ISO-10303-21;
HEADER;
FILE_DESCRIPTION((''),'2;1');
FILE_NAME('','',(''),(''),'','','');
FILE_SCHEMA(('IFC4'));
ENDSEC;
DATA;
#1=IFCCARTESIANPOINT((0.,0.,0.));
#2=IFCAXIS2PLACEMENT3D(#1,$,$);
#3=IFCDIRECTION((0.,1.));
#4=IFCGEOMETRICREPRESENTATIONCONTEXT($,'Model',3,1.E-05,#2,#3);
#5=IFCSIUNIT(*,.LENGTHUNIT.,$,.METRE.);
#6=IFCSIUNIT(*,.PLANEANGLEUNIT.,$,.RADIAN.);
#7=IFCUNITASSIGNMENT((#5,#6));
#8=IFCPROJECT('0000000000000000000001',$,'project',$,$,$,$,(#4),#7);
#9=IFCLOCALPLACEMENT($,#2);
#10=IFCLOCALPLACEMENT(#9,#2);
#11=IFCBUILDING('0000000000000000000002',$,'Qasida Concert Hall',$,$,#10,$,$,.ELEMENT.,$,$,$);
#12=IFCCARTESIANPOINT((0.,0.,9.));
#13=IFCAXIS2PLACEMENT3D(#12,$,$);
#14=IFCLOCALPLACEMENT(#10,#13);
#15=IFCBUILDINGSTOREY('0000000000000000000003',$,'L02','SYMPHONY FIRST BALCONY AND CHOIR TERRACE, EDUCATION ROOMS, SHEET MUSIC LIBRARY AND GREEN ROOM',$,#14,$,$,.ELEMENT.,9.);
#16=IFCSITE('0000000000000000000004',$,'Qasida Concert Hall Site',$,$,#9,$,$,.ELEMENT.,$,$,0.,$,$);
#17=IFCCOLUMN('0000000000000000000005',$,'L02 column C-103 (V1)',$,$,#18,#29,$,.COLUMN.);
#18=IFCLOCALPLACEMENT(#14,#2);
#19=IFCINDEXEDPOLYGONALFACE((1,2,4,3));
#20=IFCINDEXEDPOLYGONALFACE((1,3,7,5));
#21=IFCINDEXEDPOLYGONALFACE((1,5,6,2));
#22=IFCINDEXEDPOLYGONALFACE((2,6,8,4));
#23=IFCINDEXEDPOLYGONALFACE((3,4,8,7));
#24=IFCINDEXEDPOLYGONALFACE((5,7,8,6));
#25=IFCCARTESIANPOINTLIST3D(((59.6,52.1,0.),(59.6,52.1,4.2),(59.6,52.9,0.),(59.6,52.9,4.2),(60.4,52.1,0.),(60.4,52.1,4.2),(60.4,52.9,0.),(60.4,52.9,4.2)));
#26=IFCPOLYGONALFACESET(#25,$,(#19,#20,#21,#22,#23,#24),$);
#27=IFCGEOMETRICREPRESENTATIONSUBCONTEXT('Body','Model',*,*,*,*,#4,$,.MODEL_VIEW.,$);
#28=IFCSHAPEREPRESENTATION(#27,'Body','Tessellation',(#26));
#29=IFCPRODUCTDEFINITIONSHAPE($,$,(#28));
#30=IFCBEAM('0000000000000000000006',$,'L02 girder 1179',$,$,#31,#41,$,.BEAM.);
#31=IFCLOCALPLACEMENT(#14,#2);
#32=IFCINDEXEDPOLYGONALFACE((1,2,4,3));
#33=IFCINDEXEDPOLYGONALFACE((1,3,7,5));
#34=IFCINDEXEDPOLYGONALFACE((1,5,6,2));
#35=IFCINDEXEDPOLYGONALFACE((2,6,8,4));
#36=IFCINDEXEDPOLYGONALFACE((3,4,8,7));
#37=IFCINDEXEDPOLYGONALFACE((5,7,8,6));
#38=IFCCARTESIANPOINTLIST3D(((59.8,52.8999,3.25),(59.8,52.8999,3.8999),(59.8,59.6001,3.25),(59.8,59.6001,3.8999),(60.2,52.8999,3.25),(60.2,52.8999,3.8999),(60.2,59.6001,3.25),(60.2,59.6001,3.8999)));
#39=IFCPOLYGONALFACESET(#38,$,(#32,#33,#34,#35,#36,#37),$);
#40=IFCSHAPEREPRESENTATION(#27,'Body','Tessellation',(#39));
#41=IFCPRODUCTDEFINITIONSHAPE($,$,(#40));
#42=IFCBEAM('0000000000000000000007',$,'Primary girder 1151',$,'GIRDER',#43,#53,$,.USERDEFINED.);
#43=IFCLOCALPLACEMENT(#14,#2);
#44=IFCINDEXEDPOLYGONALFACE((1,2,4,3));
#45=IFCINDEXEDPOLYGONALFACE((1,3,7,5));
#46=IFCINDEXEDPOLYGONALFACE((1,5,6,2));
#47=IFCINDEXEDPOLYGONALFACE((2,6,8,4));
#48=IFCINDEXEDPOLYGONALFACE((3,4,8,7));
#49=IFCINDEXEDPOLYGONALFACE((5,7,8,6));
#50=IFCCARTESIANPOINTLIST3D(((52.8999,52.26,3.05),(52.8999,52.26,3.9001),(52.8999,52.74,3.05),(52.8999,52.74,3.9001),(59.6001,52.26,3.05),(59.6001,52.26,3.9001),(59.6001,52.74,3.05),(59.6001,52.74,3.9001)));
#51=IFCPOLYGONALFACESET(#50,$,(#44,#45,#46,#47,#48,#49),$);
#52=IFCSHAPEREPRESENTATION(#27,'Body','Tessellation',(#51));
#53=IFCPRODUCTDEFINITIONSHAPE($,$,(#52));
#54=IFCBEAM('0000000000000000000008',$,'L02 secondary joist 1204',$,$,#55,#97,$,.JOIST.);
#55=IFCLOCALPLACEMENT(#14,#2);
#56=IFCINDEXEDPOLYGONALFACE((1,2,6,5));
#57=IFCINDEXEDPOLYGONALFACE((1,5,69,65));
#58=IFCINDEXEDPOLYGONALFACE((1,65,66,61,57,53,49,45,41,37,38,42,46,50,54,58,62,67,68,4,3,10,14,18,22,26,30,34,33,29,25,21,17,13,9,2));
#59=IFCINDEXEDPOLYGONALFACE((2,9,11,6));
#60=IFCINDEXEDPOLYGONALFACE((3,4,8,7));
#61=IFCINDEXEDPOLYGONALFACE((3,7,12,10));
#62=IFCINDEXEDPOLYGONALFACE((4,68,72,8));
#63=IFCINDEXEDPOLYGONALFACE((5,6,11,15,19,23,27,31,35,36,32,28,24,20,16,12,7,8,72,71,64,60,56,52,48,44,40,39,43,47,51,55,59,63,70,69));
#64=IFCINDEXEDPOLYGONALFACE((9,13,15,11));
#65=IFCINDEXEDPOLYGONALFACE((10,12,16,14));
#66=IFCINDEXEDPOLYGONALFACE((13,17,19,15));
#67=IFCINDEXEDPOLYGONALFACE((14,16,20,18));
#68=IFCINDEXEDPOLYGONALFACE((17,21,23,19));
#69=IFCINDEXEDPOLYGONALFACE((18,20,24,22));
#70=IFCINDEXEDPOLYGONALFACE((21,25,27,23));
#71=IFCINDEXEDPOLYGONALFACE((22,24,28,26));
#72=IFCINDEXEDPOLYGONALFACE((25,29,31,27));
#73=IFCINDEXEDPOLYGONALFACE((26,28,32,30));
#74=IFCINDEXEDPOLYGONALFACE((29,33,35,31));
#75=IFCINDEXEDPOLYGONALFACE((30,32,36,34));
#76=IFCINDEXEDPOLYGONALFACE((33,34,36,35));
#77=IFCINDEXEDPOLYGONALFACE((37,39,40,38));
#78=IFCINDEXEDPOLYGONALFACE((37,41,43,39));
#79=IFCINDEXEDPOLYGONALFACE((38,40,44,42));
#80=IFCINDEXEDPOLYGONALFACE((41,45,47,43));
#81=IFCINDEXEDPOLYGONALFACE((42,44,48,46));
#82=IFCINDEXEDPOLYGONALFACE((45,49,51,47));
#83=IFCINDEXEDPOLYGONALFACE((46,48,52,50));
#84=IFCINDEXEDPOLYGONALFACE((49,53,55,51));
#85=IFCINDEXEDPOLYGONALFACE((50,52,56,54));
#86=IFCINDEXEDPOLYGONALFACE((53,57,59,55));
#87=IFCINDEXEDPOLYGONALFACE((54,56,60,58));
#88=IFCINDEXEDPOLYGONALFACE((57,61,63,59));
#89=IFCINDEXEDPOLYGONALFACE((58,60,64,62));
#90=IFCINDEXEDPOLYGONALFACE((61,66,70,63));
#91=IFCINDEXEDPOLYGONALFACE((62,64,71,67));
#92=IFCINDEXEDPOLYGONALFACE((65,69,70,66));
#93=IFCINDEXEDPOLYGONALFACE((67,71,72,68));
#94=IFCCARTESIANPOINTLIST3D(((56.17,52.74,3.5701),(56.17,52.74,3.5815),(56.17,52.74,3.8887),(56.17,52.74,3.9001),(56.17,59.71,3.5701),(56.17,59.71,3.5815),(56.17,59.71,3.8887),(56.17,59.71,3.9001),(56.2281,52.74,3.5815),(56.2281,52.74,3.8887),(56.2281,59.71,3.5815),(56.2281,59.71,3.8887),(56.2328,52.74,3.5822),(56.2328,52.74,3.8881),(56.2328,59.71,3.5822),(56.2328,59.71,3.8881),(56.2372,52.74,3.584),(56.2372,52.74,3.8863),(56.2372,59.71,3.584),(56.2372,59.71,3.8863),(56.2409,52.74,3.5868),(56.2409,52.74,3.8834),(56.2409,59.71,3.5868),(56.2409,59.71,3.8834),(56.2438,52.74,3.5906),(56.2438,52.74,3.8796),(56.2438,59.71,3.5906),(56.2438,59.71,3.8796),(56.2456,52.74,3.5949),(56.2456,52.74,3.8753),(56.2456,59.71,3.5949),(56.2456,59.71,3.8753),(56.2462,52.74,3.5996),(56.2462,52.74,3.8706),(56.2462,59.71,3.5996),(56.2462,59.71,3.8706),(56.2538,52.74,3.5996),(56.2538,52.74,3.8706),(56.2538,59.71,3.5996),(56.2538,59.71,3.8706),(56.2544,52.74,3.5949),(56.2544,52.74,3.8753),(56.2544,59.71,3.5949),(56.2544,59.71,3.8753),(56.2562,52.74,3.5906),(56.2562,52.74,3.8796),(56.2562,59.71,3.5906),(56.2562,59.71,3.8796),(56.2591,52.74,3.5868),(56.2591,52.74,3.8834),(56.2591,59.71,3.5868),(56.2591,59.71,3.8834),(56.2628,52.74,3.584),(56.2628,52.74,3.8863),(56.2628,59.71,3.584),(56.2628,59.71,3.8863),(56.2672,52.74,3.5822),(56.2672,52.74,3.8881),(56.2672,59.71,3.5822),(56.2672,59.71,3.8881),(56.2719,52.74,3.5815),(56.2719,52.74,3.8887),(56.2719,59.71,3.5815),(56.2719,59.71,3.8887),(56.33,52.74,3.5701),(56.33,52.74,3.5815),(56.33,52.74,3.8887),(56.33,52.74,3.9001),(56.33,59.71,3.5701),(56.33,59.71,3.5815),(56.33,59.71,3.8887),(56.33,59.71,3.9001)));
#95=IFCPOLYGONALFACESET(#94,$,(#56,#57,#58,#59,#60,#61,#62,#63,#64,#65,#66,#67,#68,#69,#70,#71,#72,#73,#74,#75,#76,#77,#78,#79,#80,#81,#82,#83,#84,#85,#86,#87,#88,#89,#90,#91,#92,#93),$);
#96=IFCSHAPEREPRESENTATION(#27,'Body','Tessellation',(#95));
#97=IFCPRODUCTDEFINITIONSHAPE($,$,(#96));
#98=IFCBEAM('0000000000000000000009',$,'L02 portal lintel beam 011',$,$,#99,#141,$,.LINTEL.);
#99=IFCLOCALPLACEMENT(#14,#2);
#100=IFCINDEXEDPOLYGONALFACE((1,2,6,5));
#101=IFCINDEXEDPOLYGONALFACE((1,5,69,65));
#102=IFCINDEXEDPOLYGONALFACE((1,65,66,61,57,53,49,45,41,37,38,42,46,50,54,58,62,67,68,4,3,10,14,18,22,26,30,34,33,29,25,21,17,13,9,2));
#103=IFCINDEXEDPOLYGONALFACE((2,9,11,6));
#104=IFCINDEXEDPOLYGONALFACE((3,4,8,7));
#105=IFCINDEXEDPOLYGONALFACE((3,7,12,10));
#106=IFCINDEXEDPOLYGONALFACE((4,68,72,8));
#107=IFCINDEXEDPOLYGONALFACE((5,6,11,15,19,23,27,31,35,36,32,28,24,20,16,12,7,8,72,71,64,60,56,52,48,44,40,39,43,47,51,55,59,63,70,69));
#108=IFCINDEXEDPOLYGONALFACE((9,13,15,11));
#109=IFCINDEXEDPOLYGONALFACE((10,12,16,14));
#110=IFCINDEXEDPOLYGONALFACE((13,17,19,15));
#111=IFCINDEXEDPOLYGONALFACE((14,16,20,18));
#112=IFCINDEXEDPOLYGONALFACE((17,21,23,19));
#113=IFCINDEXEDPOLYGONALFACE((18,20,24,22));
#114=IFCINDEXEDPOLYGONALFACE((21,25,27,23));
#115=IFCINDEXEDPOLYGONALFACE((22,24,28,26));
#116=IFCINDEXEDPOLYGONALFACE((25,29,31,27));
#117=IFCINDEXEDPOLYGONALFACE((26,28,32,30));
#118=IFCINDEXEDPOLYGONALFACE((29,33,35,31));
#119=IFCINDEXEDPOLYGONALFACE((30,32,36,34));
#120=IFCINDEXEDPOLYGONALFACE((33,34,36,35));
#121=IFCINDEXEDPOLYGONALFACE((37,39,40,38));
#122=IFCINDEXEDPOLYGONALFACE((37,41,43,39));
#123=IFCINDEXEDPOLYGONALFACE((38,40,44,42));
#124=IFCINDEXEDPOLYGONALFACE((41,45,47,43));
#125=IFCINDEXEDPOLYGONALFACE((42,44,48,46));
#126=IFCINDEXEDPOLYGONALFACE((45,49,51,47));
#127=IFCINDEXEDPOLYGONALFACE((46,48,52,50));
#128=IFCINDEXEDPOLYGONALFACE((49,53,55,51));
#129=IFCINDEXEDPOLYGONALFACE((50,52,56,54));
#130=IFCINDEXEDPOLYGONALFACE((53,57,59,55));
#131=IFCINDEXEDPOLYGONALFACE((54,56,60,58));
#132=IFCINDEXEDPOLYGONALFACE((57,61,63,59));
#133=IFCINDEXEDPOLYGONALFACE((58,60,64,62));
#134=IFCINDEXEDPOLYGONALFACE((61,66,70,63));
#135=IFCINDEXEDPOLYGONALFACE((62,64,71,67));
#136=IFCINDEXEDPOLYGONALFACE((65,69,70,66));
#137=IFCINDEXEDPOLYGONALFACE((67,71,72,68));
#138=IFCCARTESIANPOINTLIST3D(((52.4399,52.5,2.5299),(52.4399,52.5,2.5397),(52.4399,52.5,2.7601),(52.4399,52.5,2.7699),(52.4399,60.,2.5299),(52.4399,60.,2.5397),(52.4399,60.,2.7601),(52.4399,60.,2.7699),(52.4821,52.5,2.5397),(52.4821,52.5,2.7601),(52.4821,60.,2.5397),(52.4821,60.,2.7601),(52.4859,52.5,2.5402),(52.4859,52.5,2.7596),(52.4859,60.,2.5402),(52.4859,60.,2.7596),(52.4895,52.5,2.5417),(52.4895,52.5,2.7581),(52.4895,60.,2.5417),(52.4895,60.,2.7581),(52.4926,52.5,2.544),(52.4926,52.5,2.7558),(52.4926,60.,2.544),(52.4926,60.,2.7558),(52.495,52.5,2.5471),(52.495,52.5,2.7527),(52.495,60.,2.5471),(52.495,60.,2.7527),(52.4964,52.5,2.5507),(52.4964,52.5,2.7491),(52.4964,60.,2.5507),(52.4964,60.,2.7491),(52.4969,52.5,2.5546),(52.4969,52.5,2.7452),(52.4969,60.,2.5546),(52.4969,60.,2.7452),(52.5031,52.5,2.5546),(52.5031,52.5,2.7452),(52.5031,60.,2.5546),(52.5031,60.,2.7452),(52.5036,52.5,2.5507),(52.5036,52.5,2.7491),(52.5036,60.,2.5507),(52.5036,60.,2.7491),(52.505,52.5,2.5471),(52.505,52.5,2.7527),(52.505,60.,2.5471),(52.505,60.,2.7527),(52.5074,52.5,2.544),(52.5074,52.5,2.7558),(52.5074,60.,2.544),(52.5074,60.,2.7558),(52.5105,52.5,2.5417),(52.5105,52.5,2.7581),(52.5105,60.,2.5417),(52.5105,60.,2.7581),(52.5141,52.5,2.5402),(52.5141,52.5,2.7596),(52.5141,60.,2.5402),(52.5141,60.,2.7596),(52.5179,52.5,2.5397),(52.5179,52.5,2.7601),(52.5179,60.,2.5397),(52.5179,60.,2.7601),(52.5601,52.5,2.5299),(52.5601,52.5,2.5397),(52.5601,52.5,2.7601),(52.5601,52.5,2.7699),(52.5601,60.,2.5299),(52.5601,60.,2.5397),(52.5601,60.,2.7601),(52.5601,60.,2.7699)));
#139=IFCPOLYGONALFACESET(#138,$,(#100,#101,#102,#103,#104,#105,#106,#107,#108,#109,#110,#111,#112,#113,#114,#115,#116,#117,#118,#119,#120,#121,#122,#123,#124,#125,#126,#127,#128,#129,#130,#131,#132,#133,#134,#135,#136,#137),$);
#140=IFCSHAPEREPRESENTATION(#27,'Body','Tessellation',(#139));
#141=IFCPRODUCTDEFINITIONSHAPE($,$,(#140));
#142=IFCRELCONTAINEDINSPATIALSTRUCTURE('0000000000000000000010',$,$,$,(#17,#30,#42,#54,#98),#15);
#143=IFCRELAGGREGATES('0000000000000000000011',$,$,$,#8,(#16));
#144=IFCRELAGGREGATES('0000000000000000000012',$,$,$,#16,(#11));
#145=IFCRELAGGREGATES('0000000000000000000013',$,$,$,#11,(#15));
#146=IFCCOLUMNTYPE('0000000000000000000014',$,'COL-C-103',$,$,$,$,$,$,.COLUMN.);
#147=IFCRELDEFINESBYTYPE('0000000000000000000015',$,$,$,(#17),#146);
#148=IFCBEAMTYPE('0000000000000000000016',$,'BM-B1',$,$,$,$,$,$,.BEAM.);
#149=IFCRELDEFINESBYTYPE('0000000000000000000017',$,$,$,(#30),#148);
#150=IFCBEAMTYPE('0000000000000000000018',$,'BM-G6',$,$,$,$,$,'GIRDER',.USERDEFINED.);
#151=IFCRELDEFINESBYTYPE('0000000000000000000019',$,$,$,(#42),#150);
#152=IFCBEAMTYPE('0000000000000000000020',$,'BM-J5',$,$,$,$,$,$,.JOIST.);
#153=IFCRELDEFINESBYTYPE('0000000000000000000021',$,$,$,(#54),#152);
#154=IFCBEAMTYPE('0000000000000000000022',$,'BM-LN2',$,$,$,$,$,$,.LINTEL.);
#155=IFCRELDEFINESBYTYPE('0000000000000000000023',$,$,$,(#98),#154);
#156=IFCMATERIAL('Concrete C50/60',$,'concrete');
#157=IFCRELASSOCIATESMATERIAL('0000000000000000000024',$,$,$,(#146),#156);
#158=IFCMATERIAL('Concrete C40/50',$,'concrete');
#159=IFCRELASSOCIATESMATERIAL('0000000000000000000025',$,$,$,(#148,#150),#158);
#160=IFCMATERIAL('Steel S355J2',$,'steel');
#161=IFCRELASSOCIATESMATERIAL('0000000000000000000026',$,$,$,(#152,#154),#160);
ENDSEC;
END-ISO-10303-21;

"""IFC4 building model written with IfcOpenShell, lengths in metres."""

from ifc_helpers import new_model, si_unit, direction, frame, origin, origin_2d, place, context, subcontext, project, spatial, rectangle, i_section, extrude, material, material_profile, profile_set, type_object, element, save


model = new_model("IFC4")

# Units and contexts
model_context = context("Model", 3, precision=1e-05, world=origin(), true_north=direction((0.0, 1.0)))
body_context = subcontext(model_context, "Body", "Model", "MODEL_VIEW")
ifc_project = project(units=[si_unit("LENGTHUNIT", "METRE"), si_unit("PLANEANGLEUNIT", "RADIAN")], contexts=[model_context])

# Site, building, storey
site_placement = place(None, origin())
site = spatial("IfcSite", under=ifc_project, at=site_placement, Name="Qasida Concert Hall Site", CompositionType="ELEMENT", RefElevation=0.0)
building_placement = place(site_placement, origin())
building = spatial("IfcBuilding", under=site, at=building_placement, Name="Qasida Concert Hall", CompositionType="ELEMENT")
storey_placement = place(building_placement, frame((0.0, 0.0, 9.0)))
storey = spatial("IfcBuildingStorey", under=building, at=storey_placement, Name="L02", Description="SYMPHONY FIRST BALCONY AND CHOIR TERRACE, EDUCATION ROOMS, SHEET MUSIC LIBRARY AND GREEN ROOM", CompositionType="ELEMENT", Elevation=9.0)

# Column
ifc_material_1 = material(Name="Concrete C50/60", Category="concrete")
ifc_material_profile_1 = material_profile(ifc_material_1, rectangle(XDim=0.8, YDim=0.8, at=origin_2d()), Name="RC 800x800")
ifc_profile_set_1 = profile_set([ifc_material_profile_1], Name="Concrete C50/60")
column_type = type_object("IfcColumnType", Name="COL-C-103", PredefinedType="COLUMN", material=ifc_profile_set_1)
column_placement = place(storey_placement, frame((60.0, 52.5, 0.0), z_axis=(0.0, 0.0, 1.0), x_axis=(1.0, 0.0, 0.0)))
element("IfcColumn", 1, at=column_placement, inside=storey, type_object=column_type, Name="L02 column C-103 (V1)", PredefinedType="COLUMN", context=body_context, shape_type="SweptSolid", body=[
    extrude(rectangle(XDim=0.8, YDim=0.8, at=origin_2d()), origin(), (0.0, 0.0, 1.0), 4.2),
])

# Beams
ifc_material_2 = material(Name="Concrete C40/50", Category="concrete")
ifc_material_profile_2 = material_profile(ifc_material_2, rectangle(XDim=0.3999, YDim=0.6499, at=origin_2d()), Name="RC 400x650")
ifc_profile_set_2 = profile_set([ifc_material_profile_2], Name="Concrete C40/50")
beam_type_1 = type_object("IfcBeamType", Name="BM-B1", PredefinedType="BEAM", material=ifc_profile_set_2)
beam_1_placement = place(storey_placement, frame((60.0, 52.8999, 3.575), z_axis=(0.0, 1.0, 0.0), x_axis=(-1.0, 0.0, 0.0)))
element("IfcBeam", 2, at=beam_1_placement, inside=storey, type_object=beam_type_1, Name="L02 girder 1179", PredefinedType="BEAM", context=body_context, shape_type="SweptSolid", body=[
    extrude(rectangle(XDim=0.3999, YDim=0.6499, at=origin_2d()), origin(), (0.0, 0.0, 1.0), 6.7002),
])
ifc_material_profile_3 = material_profile(ifc_material_2, rectangle(XDim=0.48, YDim=0.8501, at=origin_2d()), Name="RC 480x850")
ifc_profile_set_3 = profile_set([ifc_material_profile_3], Name="Concrete C40/50")
beam_type_2 = type_object("IfcBeamType", Name="BM-G6", ElementType="GIRDER", PredefinedType="USERDEFINED", material=ifc_profile_set_3)
beam_2_placement = place(storey_placement, frame((52.8999, 52.5, 3.4751), z_axis=(1.0, 0.0, 0.0), x_axis=(0.0, 1.0, 0.0)))
element("IfcBeam", 3, at=beam_2_placement, inside=storey, type_object=beam_type_2, Name="Primary girder 1151", ObjectType="GIRDER", PredefinedType="USERDEFINED", context=body_context, shape_type="SweptSolid", body=[
    extrude(rectangle(XDim=0.48, YDim=0.8501, at=origin_2d()), origin(), (0.0, 0.0, 1.0), 6.7002),
])
ifc_material_3 = material(Name="Steel S355J2", Category="steel")
ifc_material_profile_4 = material_profile(ifc_material_3, i_section(OverallWidth=0.1599, OverallDepth=0.3301, WebThickness=0.0076, FlangeThickness=0.0115, FilletRadius=0.0181, at=origin_2d()), Name="IPE 330")
ifc_profile_set_4 = profile_set([ifc_material_profile_4], Name="Steel S355J2")
beam_type_3 = type_object("IfcBeamType", Name="BM-J5", PredefinedType="JOIST", material=ifc_profile_set_4)
beam_3_placement = place(storey_placement, frame((56.25, 52.74, 3.7351), z_axis=(0.0, 1.0, 0.0), x_axis=(-1.0, 0.0, 0.0)))
element("IfcBeam", 4, at=beam_3_placement, inside=storey, type_object=beam_type_3, Name="L02 secondary joist 1204", PredefinedType="JOIST", context=body_context, shape_type="SweptSolid", body=[
    extrude(i_section(OverallWidth=0.1599, OverallDepth=0.3301, WebThickness=0.0076, FlangeThickness=0.0115, FilletRadius=0.0181, at=origin_2d()), origin(), (0.0, 0.0, 1.0), 6.97),
])
ifc_material_profile_5 = material_profile(ifc_material_3, i_section(OverallWidth=0.1201, OverallDepth=0.24, WebThickness=0.0061, FlangeThickness=0.0098, FilletRadius=0.0149, at=origin_2d()), Name="IPE 240")
ifc_profile_set_5 = profile_set([ifc_material_profile_5], Name="Steel S355J2")
beam_type_4 = type_object("IfcBeamType", Name="BM-LN2", PredefinedType="LINTEL", material=ifc_profile_set_5)
beam_4_placement = place(storey_placement, frame((52.5, 52.5, 2.6499), z_axis=(0.0, 1.0, 0.0), x_axis=(-1.0, 0.0, 0.0)))
element("IfcBeam", 5, at=beam_4_placement, inside=storey, type_object=beam_type_4, Name="L02 portal lintel beam 011", PredefinedType="LINTEL", context=body_context, shape_type="SweptSolid", body=[
    extrude(i_section(OverallWidth=0.1201, OverallDepth=0.24, WebThickness=0.0061, FlangeThickness=0.0098, FilletRadius=0.0149, at=origin_2d()), origin(), (0.0, 0.0, 1.0), 7.5),
])

save(model, "model.ifc")
